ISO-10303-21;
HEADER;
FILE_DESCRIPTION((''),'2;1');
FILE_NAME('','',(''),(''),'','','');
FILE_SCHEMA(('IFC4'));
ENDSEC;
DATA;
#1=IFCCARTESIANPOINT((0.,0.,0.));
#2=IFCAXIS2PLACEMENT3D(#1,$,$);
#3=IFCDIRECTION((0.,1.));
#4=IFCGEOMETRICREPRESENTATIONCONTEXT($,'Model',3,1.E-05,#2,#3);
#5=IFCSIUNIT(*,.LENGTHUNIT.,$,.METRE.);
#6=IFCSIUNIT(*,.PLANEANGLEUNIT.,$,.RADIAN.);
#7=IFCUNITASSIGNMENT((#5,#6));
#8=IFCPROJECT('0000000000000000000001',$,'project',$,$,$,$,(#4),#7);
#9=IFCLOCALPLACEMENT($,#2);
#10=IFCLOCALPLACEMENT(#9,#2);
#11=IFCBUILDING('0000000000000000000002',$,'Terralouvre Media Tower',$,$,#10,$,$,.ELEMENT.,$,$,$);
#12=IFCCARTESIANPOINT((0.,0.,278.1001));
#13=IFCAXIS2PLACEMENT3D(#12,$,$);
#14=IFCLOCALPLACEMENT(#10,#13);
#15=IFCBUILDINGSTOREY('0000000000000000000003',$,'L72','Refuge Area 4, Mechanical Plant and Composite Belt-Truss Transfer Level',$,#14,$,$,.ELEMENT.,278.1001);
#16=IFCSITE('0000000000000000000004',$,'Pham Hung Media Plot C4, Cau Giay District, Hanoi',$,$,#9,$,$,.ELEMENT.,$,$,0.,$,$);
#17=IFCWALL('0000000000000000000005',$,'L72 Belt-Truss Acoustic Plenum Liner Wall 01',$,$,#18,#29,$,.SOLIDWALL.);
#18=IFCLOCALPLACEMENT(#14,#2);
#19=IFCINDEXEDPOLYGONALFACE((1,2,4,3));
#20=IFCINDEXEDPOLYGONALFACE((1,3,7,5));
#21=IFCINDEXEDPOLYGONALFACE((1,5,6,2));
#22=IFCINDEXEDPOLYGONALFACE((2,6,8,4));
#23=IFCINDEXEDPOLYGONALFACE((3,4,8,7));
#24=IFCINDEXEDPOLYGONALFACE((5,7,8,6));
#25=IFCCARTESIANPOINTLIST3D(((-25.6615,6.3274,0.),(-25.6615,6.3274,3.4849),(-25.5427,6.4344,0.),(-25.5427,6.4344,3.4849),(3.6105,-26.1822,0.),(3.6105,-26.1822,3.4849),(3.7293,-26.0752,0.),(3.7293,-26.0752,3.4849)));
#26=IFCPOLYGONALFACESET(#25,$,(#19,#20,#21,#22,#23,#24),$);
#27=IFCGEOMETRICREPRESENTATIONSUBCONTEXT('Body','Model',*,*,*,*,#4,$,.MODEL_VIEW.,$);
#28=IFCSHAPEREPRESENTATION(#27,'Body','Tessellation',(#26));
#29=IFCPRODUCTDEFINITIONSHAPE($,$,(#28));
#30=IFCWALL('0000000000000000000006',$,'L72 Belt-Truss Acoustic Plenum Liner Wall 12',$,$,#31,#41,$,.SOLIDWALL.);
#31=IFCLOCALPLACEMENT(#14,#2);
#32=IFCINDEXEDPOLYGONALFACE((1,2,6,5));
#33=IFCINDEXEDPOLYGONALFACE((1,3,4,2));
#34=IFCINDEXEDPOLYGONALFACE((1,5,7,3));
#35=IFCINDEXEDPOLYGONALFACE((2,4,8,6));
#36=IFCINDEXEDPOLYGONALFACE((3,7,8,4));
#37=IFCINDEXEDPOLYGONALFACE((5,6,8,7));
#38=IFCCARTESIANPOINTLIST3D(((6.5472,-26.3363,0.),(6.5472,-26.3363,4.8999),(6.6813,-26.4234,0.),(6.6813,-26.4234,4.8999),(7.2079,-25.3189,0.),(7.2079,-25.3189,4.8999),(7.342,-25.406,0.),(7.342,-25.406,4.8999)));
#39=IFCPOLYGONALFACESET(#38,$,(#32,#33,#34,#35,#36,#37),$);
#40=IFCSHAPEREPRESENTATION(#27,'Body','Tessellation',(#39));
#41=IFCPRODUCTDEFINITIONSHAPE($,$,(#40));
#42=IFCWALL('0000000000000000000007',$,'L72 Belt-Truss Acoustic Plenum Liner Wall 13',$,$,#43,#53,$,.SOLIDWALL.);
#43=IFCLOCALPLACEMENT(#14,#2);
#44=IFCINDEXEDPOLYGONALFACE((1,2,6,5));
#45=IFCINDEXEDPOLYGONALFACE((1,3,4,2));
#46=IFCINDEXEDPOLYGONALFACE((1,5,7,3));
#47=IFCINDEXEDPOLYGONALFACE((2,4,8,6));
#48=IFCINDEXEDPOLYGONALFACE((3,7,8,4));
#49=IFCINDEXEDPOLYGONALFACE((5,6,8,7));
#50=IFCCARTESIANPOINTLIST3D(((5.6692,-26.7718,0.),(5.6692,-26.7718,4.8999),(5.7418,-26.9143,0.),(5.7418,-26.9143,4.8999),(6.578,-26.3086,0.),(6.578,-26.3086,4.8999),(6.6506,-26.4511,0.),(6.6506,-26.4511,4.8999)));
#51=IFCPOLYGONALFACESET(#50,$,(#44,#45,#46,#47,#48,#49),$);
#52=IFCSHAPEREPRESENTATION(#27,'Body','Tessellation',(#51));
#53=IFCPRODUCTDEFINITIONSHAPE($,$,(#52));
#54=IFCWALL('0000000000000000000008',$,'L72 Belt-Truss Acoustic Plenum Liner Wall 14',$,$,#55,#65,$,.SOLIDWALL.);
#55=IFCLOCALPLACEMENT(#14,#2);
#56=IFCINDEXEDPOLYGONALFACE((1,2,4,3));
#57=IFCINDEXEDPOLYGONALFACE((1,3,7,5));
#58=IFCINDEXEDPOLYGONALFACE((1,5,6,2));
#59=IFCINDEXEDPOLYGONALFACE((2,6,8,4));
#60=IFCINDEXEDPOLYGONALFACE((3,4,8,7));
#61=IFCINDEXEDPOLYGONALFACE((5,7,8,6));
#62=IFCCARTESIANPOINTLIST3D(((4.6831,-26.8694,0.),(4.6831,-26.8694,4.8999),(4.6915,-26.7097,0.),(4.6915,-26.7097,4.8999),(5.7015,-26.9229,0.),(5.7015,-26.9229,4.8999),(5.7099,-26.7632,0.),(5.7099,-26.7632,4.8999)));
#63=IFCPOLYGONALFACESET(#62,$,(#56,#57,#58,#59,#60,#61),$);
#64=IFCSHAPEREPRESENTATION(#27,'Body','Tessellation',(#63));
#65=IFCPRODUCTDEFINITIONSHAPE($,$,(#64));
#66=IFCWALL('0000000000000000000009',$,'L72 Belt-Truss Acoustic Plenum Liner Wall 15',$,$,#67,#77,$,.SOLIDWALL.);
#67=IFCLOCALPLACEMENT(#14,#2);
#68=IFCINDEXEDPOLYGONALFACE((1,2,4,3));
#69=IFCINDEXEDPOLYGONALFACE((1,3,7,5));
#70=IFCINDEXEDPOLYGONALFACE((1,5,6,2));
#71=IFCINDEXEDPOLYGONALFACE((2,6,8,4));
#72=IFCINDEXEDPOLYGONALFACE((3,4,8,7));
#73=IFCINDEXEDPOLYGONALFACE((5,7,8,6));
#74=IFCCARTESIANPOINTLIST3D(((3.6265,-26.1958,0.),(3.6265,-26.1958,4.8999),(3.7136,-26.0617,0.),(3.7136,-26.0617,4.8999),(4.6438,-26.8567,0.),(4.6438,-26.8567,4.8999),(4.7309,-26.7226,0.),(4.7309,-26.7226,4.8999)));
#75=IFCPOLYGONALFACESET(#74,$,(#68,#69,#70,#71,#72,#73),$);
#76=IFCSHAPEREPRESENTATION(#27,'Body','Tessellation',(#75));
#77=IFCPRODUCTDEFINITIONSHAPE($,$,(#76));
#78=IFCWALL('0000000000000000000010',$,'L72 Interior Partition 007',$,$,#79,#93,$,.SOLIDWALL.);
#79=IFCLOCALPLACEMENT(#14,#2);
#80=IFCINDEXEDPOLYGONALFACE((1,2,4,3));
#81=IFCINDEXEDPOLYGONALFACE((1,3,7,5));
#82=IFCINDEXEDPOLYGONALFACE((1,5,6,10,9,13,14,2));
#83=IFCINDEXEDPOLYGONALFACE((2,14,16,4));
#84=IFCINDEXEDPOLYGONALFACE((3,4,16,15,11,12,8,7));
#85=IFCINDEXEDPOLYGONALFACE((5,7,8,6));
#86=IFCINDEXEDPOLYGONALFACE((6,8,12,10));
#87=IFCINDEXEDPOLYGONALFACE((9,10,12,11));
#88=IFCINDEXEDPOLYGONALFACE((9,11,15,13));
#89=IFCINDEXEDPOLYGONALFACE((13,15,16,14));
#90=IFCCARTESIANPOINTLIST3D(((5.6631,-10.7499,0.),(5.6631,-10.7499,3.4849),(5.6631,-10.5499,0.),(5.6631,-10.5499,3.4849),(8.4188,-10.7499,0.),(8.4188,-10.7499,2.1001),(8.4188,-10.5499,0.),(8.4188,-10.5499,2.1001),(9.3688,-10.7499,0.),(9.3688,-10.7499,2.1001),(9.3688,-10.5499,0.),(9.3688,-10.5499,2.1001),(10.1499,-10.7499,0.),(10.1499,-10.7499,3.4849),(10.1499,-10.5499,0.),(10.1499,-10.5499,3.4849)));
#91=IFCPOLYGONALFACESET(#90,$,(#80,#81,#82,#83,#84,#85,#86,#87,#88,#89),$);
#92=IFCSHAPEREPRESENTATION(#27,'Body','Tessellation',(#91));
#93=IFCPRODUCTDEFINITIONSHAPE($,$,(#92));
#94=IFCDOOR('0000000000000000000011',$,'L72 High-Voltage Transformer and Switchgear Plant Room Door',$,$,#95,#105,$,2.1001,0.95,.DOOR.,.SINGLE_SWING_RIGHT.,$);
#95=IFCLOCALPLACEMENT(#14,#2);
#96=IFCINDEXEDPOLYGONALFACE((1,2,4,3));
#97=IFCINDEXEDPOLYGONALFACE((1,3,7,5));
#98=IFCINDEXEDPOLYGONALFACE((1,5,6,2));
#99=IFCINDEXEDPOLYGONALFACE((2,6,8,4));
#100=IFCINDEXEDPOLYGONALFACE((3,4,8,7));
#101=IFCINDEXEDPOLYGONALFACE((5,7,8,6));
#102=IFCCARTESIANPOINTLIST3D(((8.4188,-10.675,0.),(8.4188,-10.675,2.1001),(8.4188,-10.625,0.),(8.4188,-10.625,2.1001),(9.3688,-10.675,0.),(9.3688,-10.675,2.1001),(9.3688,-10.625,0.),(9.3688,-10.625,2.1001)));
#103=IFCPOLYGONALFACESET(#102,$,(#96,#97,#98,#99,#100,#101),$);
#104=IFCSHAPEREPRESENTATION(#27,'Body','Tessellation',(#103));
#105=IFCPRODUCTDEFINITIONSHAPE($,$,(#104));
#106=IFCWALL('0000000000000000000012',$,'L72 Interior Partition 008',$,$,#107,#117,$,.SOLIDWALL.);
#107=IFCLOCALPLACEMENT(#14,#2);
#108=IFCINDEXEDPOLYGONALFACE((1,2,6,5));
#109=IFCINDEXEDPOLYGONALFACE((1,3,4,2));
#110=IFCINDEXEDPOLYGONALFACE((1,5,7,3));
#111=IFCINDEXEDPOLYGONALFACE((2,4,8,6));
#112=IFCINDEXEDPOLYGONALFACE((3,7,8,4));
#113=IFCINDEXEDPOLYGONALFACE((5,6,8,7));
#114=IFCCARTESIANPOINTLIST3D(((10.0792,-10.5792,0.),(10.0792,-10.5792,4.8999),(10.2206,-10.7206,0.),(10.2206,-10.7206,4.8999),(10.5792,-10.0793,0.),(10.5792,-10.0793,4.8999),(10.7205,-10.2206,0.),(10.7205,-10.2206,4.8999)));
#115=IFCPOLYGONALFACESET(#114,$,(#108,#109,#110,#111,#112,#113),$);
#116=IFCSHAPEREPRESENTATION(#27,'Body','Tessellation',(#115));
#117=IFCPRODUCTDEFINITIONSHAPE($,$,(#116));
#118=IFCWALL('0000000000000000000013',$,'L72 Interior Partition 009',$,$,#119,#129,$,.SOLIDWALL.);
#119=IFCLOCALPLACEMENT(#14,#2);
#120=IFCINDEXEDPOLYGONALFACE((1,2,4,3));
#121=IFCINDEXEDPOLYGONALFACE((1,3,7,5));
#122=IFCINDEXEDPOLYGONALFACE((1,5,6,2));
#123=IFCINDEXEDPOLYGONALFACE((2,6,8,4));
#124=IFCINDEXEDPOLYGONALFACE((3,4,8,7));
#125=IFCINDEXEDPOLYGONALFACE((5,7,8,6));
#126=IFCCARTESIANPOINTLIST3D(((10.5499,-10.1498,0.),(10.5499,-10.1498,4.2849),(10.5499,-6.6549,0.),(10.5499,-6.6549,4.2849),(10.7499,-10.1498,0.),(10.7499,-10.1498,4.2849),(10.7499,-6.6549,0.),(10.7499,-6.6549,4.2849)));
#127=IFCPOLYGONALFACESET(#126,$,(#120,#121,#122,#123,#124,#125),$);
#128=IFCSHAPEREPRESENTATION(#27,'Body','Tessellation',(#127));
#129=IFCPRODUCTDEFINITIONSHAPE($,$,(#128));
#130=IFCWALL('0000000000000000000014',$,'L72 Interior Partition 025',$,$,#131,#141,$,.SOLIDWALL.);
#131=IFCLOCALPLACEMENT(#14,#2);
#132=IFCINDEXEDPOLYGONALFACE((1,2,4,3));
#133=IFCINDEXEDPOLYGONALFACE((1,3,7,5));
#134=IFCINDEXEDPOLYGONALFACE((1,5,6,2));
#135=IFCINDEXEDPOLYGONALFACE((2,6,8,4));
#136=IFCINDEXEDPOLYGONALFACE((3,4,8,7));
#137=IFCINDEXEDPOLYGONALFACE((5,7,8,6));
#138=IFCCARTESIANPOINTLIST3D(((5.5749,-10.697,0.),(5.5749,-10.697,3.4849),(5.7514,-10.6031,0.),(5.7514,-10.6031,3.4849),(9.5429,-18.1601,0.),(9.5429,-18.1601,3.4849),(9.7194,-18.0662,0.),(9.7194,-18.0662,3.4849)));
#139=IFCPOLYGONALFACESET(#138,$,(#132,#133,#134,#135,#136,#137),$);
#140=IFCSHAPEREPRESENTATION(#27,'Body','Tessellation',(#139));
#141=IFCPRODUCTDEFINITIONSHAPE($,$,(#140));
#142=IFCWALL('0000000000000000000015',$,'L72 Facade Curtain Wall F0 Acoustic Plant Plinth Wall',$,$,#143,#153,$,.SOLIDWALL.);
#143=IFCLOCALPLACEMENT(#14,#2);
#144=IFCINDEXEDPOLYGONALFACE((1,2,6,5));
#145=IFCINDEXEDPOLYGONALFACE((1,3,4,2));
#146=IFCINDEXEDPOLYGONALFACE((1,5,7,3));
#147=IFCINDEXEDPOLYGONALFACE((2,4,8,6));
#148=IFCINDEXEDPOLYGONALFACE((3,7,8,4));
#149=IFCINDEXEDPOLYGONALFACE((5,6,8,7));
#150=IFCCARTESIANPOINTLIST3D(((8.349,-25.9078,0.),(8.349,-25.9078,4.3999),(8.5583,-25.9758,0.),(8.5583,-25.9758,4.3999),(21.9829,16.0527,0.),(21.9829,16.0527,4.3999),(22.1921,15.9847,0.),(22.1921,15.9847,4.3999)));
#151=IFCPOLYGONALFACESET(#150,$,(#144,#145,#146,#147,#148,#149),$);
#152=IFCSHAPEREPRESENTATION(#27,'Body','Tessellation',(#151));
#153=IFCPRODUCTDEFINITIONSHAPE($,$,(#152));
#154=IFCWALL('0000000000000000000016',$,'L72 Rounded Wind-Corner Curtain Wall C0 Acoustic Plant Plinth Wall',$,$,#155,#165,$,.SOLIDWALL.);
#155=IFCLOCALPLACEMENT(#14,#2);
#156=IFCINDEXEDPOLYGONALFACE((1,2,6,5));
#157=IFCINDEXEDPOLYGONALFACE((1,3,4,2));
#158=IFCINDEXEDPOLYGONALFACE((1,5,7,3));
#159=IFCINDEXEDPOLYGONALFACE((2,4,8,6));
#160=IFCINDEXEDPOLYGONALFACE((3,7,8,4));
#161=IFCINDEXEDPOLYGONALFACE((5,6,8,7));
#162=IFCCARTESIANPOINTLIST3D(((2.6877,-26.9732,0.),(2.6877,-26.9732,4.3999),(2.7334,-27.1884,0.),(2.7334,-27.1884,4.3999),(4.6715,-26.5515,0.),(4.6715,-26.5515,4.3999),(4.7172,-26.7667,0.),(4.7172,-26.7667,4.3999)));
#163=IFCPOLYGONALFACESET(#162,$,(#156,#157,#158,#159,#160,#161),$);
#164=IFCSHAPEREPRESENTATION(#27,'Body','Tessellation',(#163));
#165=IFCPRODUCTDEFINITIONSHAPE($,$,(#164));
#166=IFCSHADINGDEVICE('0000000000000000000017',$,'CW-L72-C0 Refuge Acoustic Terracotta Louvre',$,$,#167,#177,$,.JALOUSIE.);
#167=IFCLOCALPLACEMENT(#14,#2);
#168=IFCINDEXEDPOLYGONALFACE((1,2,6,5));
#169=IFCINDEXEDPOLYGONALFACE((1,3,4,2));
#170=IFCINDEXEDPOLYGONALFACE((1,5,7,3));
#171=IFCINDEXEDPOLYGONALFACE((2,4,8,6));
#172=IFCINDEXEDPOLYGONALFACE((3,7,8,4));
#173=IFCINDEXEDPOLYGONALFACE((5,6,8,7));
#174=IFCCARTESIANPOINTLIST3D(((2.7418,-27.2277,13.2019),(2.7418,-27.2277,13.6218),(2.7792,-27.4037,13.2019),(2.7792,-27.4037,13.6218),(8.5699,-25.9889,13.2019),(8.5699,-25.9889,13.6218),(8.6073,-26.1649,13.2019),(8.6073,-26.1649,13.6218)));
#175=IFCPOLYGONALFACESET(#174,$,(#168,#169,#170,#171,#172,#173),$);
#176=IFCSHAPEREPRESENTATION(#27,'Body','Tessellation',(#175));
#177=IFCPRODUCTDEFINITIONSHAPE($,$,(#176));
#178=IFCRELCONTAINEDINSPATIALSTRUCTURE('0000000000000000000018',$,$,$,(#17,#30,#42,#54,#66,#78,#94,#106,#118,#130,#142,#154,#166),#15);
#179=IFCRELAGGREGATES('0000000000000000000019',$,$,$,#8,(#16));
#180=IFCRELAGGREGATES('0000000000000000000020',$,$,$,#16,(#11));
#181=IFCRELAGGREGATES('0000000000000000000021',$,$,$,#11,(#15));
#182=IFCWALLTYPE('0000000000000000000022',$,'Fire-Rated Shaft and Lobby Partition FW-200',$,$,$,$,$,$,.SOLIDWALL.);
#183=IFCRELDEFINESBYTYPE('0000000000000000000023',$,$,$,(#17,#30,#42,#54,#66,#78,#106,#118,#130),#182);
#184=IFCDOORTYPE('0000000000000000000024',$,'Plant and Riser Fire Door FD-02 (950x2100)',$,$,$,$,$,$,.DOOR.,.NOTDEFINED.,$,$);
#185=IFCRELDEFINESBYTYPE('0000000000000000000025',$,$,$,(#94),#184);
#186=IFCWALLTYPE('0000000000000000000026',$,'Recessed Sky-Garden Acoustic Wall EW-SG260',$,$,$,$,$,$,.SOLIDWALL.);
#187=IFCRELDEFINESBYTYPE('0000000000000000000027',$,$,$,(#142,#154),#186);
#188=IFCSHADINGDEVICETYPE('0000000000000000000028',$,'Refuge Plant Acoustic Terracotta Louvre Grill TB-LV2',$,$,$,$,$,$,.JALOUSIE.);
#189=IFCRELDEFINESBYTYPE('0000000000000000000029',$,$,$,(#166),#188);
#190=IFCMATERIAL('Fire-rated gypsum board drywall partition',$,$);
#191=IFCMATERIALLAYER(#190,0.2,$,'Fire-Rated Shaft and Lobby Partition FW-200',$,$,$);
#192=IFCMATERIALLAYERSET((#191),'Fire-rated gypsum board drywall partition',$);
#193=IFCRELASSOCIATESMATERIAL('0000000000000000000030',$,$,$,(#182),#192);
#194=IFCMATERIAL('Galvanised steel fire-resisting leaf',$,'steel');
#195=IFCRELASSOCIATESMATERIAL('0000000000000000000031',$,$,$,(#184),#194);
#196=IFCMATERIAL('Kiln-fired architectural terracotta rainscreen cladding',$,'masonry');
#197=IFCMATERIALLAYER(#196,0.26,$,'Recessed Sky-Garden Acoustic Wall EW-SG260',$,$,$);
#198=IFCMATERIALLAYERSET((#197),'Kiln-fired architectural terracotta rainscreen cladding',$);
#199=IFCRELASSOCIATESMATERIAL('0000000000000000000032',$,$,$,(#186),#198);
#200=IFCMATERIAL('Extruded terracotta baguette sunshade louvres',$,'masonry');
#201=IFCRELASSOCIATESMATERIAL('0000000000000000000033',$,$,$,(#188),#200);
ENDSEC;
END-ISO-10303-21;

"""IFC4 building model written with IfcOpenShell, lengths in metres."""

from ifc_helpers import new_model, si_unit, direction, frame, frame_2d, origin, origin_2d, place, context, subcontext, project, spatial, rectangle, extrude, material, layer, layer_set, type_object, element, fill, save


model = new_model("IFC4")

# Units and contexts
model_context = context("Model", 3, precision=1e-05, world=origin(), true_north=direction((0.0, 1.0)))
body_context = subcontext(model_context, "Body", "Model", "MODEL_VIEW")
ifc_project = project(units=[si_unit("LENGTHUNIT", "METRE"), si_unit("PLANEANGLEUNIT", "RADIAN")], contexts=[model_context])

# Site, building, storey
site_placement = place(None, origin())
site = spatial("IfcSite", under=ifc_project, at=site_placement, Name="Pham Hung Media Plot C4, Cau Giay District, Hanoi", CompositionType="ELEMENT", RefElevation=0.0)
building_placement = place(site_placement, origin())
building = spatial("IfcBuilding", under=site, at=building_placement, Name="Terralouvre Media Tower", CompositionType="ELEMENT")
storey_placement = place(building_placement, frame((0.0, 0.0, 278.1001)))
storey = spatial("IfcBuildingStorey", under=building, at=storey_placement, Name="L72", Description="Refuge Area 4, Mechanical Plant and Composite Belt-Truss Transfer Level", CompositionType="ELEMENT", Elevation=278.1001)

# Walls
ifc_material_1 = material(Name="Fire-rated gypsum board drywall partition")
ifc_layer_1 = layer(ifc_material_1, 0.2, Name="Fire-Rated Shaft and Lobby Partition FW-200")
ifc_layer_set_1 = layer_set([ifc_layer_1], Name="Fire-rated gypsum board drywall partition")
wall_type_1 = type_object("IfcWallType", Name="Fire-Rated Shaft and Lobby Partition FW-200", PredefinedType="SOLIDWALL", material=ifc_layer_set_1)
wall_1_placement = place(storey_placement, frame((3.6699, -26.1287, 0.0), z_axis=(0.0, 0.0, 1.0), x_axis=(-0.669134, 0.743142, 0.0)))
element("IfcWall", 1, at=wall_1_placement, inside=storey, type_object=wall_type_1, Name="L72 Belt-Truss Acoustic Plenum Liner Wall 01", PredefinedType="SOLIDWALL", context=body_context, shape_type="SweptSolid", body=[
    extrude(rectangle(XDim=43.7461, YDim=0.1599, at=frame_2d((21.873, 0.0))), origin(), (0.0, 0.0, 1.0), 3.4849),
])
wall_2_placement = place(storey_placement, frame((7.2749, -25.3625, 0.0), z_axis=(0.0, 0.0, 1.0), x_axis=(-0.544628, -0.838678, 0.0)))
element("IfcWall", 2, at=wall_2_placement, inside=storey, type_object=wall_type_1, Name="L72 Belt-Truss Acoustic Plenum Liner Wall 12", PredefinedType="SOLIDWALL", context=body_context, shape_type="SweptSolid", body=[
    extrude(rectangle(XDim=1.2131, YDim=0.1599, at=frame_2d((0.6064, 0.0))), origin(), (0.0, 0.0, 1.0), 4.8999),
])
wall_3_placement = place(storey_placement, frame((6.6143, -26.3799, 0.0), z_axis=(0.0, 0.0, 1.0), x_axis=(-0.890954, -0.454094, 0.0)))
element("IfcWall", 3, at=wall_3_placement, inside=storey, type_object=wall_type_1, Name="L72 Belt-Truss Acoustic Plenum Liner Wall 13", PredefinedType="SOLIDWALL", context=body_context, shape_type="SweptSolid", body=[
    extrude(rectangle(XDim=1.02, YDim=0.1599, at=frame_2d((0.51, 0.0))), origin(), (0.0, 0.0, 1.0), 4.8999),
])
wall_4_placement = place(storey_placement, frame((5.7056, -26.843, 0.0), z_axis=(0.0, 0.0, 1.0), x_axis=(-0.998624, 0.052433, 0.0)))
element("IfcWall", 4, at=wall_4_placement, inside=storey, type_object=wall_type_1, Name="L72 Belt-Truss Acoustic Plenum Liner Wall 14", PredefinedType="SOLIDWALL", context=body_context, shape_type="SweptSolid", body=[
    extrude(rectangle(XDim=1.0198, YDim=0.1599, at=frame_2d((0.5098, 0.0))), origin(), (0.0, 0.0, 1.0), 4.8999),
])
wall_5_placement = place(storey_placement, frame((4.6873, -26.7896, 0.0), z_axis=(0.0, 0.0, 1.0), x_axis=(-0.838586, 0.544769, 0.0)))
element("IfcWall", 5, at=wall_5_placement, inside=storey, type_object=wall_type_1, Name="L72 Belt-Truss Acoustic Plenum Liner Wall 15", PredefinedType="SOLIDWALL", context=body_context, shape_type="SweptSolid", body=[
    extrude(rectangle(XDim=1.2131, YDim=0.1599, at=frame_2d((0.6064, 0.0))), origin(), (0.0, 0.0, 1.0), 4.8999),
])

# Wall, opening, door
wall_6_placement = place(storey_placement, frame((5.6631, -10.6499, 0.0), z_axis=(0.0, 0.0, 1.0), x_axis=(1.0, 0.0, 0.0)))
wall_6 = element("IfcWall", 6, at=wall_6_placement, inside=storey, type_object=wall_type_1, Name="L72 Interior Partition 007", PredefinedType="SOLIDWALL", context=body_context, shape_type="SweptSolid", body=[
    extrude(rectangle(XDim=4.4868, YDim=0.2, at=frame_2d((2.2434, 0.0))), origin(), (0.0, 0.0, 1.0), 3.4849),
])
opening_placement = place(wall_6_placement, frame((2.7556, 0.0, 0.0)))
opening = element("IfcOpeningElement", 7, at=opening_placement, cuts=wall_6, PredefinedType="OPENING", context=body_context, shape_type="SweptSolid", body=[
    extrude(rectangle(XDim=0.95, YDim=2.1001, at=frame_2d((0.4751, 1.05))), frame((0.0, 0.1099, 0.0), z_axis=(0.0, -1.0, 0.0), x_axis=(1.0, 0.0, 0.0)), (0.0, 0.0, 1.0), 0.22),
])
ifc_material_2 = material(Name="Galvanised steel fire-resisting leaf", Category="steel")
door_type = type_object("IfcDoorType", Name="Plant and Riser Fire Door FD-02 (950x2100)", OperationType="NOTDEFINED", PredefinedType="DOOR", material=ifc_material_2)
door_placement = place(opening_placement, origin())
door = element("IfcDoor", 8, at=door_placement, inside=storey, type_object=door_type, Name="L72 High-Voltage Transformer and Switchgear Plant Room Door", OperationType="SINGLE_SWING_RIGHT", OverallHeight=2.1001, OverallWidth=0.95, PredefinedType="DOOR", context=body_context, shape_type="SweptSolid", body=[
    extrude(rectangle(XDim=0.95, YDim=2.1001, at=frame_2d((0.4751, 1.05))), frame((0.0, 0.0249, 0.0), z_axis=(0.0, -1.0, 0.0), x_axis=(1.0, 0.0, 0.0)), (0.0, 0.0, 1.0), 0.05),
])
fill(opening, door)

# Walls
wall_7_placement = place(storey_placement, frame((10.1499, -10.6499, 0.0), z_axis=(0.0, 0.0, 1.0), x_axis=(0.707107, 0.707107, 0.0)))
element("IfcWall", 9, at=wall_7_placement, inside=storey, type_object=wall_type_1, Name="L72 Interior Partition 008", PredefinedType="SOLIDWALL", context=body_context, shape_type="SweptSolid", body=[
    extrude(rectangle(XDim=0.707, YDim=0.2, at=frame_2d((0.3535, 0.0))), origin(), (0.0, 0.0, 1.0), 4.8999),
])
wall_8_placement = place(storey_placement, frame((10.6499, -10.1499, 0.0), z_axis=(0.0, 0.0, 1.0), x_axis=(0.0, 1.0, 0.0)))
element("IfcWall", 10, at=wall_8_placement, inside=storey, type_object=wall_type_1, Name="L72 Interior Partition 009", PredefinedType="SOLIDWALL", context=body_context, shape_type="SweptSolid", body=[
    extrude(rectangle(XDim=3.4949, YDim=0.2, at=frame_2d((1.7476, 0.0))), origin(), (0.0, 0.0, 1.0), 4.2849),
])
wall_9_placement = place(storey_placement, frame((9.6311, -18.113, 0.0), z_axis=(0.0, 0.0, 1.0), x_axis=(-0.469453, 0.882957, 0.0)))
element("IfcWall", 11, at=wall_9_placement, inside=storey, type_object=wall_type_1, Name="L72 Interior Partition 025", PredefinedType="SOLIDWALL", context=body_context, shape_type="SweptSolid", body=[
    extrude(rectangle(XDim=8.4524, YDim=0.2, at=frame_2d((4.2261, 0.0))), origin(), (0.0, 0.0, 1.0), 3.4849),
])
ifc_material_3 = material(Name="Kiln-fired architectural terracotta rainscreen cladding", Category="masonry")
ifc_layer_2 = layer(ifc_material_3, 0.26, Name="Recessed Sky-Garden Acoustic Wall EW-SG260")
ifc_layer_set_2 = layer_set([ifc_layer_2], Name="Kiln-fired architectural terracotta rainscreen cladding")
wall_type_2 = type_object("IfcWallType", Name="Recessed Sky-Garden Acoustic Wall EW-SG260", PredefinedType="SOLIDWALL", material=ifc_layer_set_2)
wall_10_placement = place(storey_placement, frame((8.4536, -25.9419, 0.0), z_axis=(0.0, 0.0, 1.0), x_axis=(0.309017, 0.951056, 0.0)))
element("IfcWall", 12, at=wall_10_placement, inside=storey, type_object=wall_type_2, Name="L72 Facade Curtain Wall F0 Acoustic Plant Plinth Wall", PredefinedType="SOLIDWALL", context=body_context, shape_type="SweptSolid", body=[
    extrude(rectangle(XDim=44.1199, YDim=0.22, at=frame_2d((22.0601, 0.0))), origin(), (0.0, 0.0, 1.0), 4.3999),
])
wall_11_placement = place(storey_placement, frame((2.7104, -27.0808, 0.0), z_axis=(0.0, 0.0, 1.0), x_axis=(0.978148, 0.207909, 0.0)))
element("IfcWall", 13, at=wall_11_placement, inside=storey, type_object=wall_type_2, Name="L72 Rounded Wind-Corner Curtain Wall C0 Acoustic Plant Plinth Wall", PredefinedType="SOLIDWALL", context=body_context, shape_type="SweptSolid", body=[
    extrude(rectangle(XDim=2.0281, YDim=0.22, at=frame_2d((1.0142, 0.0))), origin(), (0.0, 0.0, 1.0), 4.3999),
])

# Shading device
ifc_material_4 = material(Name="Extruded terracotta baguette sunshade louvres", Category="masonry")
shading_device_type = type_object("IfcShadingDeviceType", Name="Refuge Plant Acoustic Terracotta Louvre Grill TB-LV2", PredefinedType="JALOUSIE", material=ifc_material_4)
shading_device_placement = place(storey_placement, frame((5.6746, -26.6963, 13.2019), z_axis=(0.0, 0.0, 1.0), x_axis=(0.978148, 0.207912, 0.0)))
element("IfcShadingDevice", 14, at=shading_device_placement, inside=storey, type_object=shading_device_type, Name="CW-L72-C0 Refuge Acoustic Terracotta Louvre", PredefinedType="JALOUSIE", context=body_context, shape_type="SweptSolid", body=[
    extrude(rectangle(XDim=5.9583, YDim=0.1799, at=origin_2d()), origin(), (0.0, 0.0, 1.0), 0.4199),
])

save(model, "model.ifc")
